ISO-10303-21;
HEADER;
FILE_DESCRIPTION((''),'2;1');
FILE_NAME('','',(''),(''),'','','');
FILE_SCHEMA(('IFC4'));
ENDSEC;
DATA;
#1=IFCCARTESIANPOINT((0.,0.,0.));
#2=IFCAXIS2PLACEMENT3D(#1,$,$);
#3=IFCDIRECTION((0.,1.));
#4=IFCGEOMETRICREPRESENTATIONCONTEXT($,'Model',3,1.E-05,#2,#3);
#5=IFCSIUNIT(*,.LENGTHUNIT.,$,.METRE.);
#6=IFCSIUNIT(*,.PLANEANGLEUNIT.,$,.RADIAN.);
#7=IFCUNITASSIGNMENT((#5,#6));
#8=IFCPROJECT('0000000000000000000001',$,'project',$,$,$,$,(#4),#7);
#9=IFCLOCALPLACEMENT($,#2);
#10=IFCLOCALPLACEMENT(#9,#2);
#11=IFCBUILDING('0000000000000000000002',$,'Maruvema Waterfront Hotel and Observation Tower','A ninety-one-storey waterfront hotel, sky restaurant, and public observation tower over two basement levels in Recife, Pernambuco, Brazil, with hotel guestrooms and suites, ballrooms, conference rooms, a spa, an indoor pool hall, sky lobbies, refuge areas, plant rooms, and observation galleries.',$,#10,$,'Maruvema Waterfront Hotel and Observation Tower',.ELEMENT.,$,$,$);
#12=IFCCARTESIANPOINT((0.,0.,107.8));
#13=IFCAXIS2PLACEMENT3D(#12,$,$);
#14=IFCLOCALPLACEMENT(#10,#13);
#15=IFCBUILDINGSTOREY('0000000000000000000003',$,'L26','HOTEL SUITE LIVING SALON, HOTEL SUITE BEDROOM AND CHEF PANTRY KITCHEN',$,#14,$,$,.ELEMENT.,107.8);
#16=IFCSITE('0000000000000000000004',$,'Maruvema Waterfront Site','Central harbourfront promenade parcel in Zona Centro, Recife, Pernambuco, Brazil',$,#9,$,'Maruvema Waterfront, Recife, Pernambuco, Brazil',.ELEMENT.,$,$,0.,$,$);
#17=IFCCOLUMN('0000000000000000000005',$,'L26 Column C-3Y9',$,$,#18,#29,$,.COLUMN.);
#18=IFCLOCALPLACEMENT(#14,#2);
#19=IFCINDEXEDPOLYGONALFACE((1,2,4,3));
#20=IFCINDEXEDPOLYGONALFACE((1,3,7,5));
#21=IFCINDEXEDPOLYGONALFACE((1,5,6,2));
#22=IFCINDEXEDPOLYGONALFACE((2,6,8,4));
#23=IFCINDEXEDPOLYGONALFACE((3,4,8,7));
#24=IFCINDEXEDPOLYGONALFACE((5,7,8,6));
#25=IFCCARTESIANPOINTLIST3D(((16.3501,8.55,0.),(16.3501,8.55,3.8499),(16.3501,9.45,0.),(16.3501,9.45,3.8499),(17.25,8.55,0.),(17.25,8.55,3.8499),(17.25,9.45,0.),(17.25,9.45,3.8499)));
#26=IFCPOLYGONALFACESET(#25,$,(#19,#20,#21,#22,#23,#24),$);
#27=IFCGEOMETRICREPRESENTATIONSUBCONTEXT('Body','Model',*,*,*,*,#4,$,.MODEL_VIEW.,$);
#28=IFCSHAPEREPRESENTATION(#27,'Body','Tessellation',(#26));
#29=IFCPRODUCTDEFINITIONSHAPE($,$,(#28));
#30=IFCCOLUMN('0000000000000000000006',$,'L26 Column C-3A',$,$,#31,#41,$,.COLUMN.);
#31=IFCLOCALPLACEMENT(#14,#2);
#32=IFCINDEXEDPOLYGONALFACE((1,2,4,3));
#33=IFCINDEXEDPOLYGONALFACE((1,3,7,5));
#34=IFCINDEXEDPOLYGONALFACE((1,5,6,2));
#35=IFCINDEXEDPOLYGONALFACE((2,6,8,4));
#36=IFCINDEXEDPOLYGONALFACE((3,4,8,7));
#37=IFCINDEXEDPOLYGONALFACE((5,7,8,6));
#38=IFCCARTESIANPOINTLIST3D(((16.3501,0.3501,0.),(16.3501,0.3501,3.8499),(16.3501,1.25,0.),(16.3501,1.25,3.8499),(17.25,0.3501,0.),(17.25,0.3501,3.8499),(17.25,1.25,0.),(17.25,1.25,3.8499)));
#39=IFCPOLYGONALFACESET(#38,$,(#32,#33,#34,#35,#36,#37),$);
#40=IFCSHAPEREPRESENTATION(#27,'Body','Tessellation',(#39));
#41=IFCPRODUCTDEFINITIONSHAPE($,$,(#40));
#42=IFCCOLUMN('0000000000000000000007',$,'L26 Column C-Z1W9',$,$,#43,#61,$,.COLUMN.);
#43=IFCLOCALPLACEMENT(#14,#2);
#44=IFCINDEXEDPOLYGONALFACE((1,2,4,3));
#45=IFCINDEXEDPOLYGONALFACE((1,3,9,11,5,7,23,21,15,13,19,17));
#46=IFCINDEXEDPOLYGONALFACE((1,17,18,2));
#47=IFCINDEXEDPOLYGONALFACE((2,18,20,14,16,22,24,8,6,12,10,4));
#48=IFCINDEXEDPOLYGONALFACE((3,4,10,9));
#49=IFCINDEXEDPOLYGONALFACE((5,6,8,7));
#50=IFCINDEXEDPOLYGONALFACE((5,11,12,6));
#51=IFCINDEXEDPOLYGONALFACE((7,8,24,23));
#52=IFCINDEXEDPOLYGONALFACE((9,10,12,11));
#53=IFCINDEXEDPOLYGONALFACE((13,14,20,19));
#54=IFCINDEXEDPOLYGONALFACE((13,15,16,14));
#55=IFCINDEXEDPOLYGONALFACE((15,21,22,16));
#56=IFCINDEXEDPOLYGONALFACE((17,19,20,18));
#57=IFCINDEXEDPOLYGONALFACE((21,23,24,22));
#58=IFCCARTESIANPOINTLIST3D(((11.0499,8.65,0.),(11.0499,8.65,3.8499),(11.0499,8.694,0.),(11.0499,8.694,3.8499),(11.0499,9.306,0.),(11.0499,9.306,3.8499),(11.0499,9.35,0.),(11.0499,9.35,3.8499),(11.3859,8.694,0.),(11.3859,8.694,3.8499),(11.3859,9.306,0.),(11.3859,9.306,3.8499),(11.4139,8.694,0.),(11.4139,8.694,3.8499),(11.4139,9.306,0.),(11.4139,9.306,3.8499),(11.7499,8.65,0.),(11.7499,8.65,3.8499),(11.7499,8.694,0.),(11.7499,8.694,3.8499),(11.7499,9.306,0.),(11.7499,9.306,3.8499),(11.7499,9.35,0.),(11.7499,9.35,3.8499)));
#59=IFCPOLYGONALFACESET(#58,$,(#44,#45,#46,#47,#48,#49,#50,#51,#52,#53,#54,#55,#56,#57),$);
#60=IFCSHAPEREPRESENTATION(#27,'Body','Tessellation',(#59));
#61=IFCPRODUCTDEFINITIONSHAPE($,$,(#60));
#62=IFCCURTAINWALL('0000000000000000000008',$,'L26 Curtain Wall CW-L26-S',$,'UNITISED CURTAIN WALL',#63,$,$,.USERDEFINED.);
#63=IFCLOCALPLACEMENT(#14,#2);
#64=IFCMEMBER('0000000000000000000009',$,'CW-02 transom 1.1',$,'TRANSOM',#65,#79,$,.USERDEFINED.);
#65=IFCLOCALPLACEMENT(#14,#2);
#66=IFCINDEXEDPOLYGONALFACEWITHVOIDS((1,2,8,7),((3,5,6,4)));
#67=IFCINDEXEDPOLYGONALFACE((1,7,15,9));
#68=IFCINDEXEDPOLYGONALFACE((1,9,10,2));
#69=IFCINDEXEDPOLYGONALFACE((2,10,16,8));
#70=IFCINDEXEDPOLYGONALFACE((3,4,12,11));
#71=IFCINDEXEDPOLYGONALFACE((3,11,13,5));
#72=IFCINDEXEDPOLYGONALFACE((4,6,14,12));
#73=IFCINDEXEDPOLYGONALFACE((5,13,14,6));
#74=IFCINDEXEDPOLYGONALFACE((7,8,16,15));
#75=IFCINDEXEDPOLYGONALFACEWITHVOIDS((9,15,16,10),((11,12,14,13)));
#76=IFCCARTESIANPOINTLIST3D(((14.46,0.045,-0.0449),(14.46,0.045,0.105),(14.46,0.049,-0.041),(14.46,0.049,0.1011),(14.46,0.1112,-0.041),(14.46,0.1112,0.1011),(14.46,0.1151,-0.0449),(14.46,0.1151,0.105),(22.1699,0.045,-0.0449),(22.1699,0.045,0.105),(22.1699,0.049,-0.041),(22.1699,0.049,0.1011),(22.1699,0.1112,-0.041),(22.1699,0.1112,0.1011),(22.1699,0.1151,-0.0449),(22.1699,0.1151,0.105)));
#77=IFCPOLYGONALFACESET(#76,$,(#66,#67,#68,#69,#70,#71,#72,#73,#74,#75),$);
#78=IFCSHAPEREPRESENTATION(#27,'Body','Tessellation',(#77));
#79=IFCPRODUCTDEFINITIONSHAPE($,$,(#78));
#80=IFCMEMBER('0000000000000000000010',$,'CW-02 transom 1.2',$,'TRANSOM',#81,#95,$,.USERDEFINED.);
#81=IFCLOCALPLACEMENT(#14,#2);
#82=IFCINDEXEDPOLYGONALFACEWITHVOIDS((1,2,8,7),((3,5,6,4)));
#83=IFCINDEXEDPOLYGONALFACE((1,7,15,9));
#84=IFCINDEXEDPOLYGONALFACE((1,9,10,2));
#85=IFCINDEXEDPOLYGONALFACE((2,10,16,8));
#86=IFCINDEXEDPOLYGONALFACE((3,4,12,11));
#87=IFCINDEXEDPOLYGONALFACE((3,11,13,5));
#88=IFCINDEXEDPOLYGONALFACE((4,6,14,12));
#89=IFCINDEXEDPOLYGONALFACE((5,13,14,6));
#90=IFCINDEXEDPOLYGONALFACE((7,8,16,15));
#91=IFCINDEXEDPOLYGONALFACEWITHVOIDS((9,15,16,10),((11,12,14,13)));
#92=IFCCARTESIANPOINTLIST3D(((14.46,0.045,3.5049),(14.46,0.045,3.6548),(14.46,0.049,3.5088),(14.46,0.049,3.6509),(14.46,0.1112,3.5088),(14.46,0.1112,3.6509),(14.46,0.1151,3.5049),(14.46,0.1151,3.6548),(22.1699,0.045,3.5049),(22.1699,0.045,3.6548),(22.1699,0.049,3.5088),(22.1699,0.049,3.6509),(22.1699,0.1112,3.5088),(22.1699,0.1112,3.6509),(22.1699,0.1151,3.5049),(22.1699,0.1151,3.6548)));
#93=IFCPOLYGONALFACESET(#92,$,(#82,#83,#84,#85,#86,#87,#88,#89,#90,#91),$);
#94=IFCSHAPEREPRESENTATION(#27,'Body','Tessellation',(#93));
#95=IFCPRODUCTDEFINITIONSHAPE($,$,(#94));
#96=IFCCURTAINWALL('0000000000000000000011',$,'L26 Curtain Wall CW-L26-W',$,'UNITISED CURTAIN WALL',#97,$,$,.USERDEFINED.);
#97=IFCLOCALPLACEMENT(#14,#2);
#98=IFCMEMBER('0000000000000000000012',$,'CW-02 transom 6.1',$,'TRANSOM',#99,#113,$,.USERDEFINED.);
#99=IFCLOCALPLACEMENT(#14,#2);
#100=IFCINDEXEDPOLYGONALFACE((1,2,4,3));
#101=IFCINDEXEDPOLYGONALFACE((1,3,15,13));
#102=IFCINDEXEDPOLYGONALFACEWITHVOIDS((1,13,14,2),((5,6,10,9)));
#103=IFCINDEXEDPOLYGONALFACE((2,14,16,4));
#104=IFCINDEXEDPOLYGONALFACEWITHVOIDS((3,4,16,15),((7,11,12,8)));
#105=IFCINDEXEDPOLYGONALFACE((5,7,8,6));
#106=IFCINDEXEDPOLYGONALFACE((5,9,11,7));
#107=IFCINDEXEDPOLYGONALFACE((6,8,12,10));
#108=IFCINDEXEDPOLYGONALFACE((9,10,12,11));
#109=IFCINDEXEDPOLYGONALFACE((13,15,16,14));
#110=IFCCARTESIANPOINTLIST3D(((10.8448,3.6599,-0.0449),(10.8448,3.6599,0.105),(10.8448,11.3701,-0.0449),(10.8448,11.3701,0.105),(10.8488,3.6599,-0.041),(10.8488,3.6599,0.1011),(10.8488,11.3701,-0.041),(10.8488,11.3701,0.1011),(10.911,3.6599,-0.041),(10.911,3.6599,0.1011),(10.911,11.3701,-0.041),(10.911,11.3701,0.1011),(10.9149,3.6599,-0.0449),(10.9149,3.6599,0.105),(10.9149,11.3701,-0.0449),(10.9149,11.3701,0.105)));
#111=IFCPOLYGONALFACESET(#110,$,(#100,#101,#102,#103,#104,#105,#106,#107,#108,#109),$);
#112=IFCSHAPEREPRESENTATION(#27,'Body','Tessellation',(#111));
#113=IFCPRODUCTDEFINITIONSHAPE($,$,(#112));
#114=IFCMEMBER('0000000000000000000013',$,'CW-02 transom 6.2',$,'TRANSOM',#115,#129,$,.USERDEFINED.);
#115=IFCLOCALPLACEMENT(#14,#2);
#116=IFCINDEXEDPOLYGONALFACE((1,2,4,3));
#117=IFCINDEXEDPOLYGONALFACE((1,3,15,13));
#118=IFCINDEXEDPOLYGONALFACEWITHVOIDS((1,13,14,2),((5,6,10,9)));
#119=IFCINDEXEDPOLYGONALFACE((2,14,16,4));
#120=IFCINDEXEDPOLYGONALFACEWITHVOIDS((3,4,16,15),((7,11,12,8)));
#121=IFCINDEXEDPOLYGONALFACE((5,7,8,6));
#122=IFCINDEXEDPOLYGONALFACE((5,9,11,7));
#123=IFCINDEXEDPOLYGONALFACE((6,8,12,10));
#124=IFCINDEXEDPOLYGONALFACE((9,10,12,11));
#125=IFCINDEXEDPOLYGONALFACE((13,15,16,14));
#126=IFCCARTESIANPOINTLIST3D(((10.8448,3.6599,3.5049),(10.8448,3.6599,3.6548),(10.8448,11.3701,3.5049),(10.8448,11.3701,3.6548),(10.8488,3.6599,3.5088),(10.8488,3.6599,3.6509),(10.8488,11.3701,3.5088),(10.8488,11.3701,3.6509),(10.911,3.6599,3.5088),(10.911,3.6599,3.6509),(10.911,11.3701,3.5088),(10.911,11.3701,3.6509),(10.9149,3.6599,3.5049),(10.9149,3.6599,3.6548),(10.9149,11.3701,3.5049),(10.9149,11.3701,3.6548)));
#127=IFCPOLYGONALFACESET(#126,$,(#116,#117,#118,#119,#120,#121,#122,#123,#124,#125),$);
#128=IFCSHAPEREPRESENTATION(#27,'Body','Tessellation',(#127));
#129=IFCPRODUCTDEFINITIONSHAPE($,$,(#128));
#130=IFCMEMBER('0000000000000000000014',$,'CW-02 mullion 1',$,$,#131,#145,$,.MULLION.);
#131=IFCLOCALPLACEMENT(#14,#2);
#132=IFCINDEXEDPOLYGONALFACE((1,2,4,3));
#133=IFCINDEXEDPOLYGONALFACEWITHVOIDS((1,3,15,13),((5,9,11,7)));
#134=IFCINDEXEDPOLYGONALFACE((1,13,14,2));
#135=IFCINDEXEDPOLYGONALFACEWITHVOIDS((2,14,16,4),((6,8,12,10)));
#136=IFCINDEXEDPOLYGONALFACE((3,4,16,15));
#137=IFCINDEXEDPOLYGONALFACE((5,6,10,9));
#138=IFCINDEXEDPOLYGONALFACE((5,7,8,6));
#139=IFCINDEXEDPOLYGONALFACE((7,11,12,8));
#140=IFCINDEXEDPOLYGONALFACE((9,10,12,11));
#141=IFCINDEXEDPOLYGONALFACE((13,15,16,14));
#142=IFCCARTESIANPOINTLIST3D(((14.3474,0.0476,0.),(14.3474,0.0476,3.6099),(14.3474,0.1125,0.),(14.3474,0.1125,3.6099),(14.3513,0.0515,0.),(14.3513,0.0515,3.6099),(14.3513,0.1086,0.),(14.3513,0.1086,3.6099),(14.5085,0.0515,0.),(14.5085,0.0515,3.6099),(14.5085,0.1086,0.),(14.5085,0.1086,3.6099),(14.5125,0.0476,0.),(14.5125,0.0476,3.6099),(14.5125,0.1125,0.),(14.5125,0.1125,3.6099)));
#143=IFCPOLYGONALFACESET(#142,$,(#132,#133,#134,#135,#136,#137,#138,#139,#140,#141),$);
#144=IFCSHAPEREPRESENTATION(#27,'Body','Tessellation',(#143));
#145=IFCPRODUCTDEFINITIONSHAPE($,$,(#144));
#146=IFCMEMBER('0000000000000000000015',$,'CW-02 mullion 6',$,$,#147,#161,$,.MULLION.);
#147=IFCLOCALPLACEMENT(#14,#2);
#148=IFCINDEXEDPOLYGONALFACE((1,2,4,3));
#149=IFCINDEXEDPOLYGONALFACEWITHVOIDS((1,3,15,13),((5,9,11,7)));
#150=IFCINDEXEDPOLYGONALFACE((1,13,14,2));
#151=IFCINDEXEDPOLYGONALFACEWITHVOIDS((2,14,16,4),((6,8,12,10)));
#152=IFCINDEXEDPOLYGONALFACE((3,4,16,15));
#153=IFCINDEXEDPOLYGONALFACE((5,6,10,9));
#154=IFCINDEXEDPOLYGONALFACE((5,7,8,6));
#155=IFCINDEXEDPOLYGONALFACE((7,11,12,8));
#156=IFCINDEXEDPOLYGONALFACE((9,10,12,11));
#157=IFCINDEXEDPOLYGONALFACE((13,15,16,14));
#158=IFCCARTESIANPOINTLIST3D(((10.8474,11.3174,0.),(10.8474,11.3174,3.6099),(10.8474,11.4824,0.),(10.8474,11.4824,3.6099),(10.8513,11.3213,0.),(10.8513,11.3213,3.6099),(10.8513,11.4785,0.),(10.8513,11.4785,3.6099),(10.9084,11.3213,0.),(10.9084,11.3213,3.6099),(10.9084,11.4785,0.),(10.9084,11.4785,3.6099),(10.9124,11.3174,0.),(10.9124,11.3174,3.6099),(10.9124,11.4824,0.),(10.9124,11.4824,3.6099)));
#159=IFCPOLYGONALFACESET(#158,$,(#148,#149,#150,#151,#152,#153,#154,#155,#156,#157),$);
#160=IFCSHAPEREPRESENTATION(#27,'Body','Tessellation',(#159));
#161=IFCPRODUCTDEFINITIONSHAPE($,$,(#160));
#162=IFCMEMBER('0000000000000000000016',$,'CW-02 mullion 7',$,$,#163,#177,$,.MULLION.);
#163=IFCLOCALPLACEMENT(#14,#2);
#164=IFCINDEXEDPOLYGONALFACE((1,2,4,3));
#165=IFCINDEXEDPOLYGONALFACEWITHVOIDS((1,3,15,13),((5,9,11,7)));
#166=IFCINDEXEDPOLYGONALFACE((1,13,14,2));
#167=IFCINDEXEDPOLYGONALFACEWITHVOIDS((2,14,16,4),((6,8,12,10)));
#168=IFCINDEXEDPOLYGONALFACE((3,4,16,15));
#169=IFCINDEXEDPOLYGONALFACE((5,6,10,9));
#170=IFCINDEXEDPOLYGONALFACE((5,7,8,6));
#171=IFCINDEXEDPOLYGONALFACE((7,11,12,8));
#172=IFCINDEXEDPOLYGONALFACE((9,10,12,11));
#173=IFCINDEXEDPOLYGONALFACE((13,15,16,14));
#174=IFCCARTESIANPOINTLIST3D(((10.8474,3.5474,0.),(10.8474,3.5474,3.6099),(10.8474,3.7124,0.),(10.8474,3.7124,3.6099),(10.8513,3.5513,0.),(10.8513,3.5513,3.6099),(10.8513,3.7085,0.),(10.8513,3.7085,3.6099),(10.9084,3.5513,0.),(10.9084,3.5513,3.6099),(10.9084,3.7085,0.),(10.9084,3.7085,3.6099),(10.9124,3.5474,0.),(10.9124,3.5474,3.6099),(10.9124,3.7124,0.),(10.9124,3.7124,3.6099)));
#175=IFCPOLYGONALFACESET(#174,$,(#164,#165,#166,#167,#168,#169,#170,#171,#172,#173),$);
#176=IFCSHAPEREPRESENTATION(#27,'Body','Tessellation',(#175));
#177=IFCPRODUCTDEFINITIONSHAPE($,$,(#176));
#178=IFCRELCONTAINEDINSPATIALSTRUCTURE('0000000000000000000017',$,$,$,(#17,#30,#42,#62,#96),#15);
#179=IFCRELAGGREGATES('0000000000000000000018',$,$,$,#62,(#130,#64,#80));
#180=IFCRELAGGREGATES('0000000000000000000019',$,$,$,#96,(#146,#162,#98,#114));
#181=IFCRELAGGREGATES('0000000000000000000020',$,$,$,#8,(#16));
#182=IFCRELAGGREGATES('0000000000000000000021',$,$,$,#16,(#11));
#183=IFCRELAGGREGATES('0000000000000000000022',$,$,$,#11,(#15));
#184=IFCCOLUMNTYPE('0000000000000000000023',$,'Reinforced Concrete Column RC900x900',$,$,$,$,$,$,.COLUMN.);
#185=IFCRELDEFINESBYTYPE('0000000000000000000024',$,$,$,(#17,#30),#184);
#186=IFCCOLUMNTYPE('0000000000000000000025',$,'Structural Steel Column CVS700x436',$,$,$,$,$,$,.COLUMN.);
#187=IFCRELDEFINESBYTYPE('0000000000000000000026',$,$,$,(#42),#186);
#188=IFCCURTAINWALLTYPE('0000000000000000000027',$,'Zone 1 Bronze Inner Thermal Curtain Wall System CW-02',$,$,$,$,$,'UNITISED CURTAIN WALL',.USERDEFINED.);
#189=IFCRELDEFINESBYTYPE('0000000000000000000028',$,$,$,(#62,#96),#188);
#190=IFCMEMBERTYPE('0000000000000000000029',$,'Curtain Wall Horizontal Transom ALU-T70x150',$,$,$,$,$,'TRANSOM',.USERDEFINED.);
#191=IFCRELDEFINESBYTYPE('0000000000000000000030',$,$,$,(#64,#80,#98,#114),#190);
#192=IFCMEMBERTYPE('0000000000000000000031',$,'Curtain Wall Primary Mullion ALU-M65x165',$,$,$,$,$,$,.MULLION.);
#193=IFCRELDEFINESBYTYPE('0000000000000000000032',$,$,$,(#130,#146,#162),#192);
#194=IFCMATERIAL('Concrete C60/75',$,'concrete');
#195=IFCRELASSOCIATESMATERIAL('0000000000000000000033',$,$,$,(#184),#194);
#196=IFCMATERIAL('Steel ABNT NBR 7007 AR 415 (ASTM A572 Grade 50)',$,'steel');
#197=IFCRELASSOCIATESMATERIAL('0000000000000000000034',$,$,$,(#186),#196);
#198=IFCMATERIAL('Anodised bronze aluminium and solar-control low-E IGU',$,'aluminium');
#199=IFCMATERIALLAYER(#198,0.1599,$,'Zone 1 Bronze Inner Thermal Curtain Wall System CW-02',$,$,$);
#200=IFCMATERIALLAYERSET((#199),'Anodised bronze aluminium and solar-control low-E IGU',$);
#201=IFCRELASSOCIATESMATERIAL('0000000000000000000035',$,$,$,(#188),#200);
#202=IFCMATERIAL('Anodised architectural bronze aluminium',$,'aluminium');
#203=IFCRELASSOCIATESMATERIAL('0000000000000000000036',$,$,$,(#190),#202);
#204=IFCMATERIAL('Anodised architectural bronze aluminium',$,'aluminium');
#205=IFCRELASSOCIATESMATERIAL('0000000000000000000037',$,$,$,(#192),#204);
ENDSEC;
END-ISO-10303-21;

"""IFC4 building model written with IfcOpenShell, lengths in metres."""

from ifc_helpers import new_model, si_unit, direction, frame, origin, origin_2d, place, context, subcontext, project, spatial, rectangle, hollow_rectangle, i_section, extrude, material, layer, layer_set, material_profile, profile_set, type_object, element, aggregate, save


model = new_model("IFC4")

# Units and contexts
model_context = context("Model", 3, precision=1e-05, world=origin(), true_north=direction((0.0, 1.0)))
body_context = subcontext(model_context, "Body", "Model", "MODEL_VIEW")
ifc_project = project(units=[si_unit("LENGTHUNIT", "METRE"), si_unit("PLANEANGLEUNIT", "RADIAN")], contexts=[model_context])

# Site, building, storey
site_placement = place(None, origin())
site = spatial("IfcSite", under=ifc_project, at=site_placement, Name="Maruvema Waterfront Site", Description="Central harbourfront promenade parcel in Zona Centro, Recife, Pernambuco, Brazil", LongName="Maruvema Waterfront, Recife, Pernambuco, Brazil", CompositionType="ELEMENT", RefElevation=0.0)
building_placement = place(site_placement, origin())
building = spatial("IfcBuilding", under=site, at=building_placement, Name="Maruvema Waterfront Hotel and Observation Tower", Description="A ninety-one-storey waterfront hotel, sky restaurant, and public observation tower over two basement levels in Recife, Pernambuco, Brazil, with hotel guestrooms and suites, ballrooms, conference rooms, a spa, an indoor pool hall, sky lobbies, refuge areas, plant rooms, and observation galleries.", LongName="Maruvema Waterfront Hotel and Observation Tower", CompositionType="ELEMENT")
storey_placement = place(building_placement, frame((0.0, 0.0, 107.8)))
storey = spatial("IfcBuildingStorey", under=building, at=storey_placement, Name="L26", Description="HOTEL SUITE LIVING SALON, HOTEL SUITE BEDROOM AND CHEF PANTRY KITCHEN", CompositionType="ELEMENT", Elevation=107.8)

# Columns
ifc_material_1 = material(Name="Concrete C60/75", Category="concrete")
ifc_material_profile_1 = material_profile(ifc_material_1, rectangle(XDim=0.8999, YDim=0.8999, at=origin_2d()), Name="RC900x900")
ifc_profile_set_1 = profile_set([ifc_material_profile_1], Name="Concrete C60/75")
column_type_1 = type_object("IfcColumnType", Name="Reinforced Concrete Column RC900x900", PredefinedType="COLUMN", material=ifc_profile_set_1)
for number, where, z_axis, x_axis, name in (
    (1, (16.8, 9.0, 0.0), (0.0, 0.0, 1.0), (1.0, 0.0, 0.0), "L26 Column C-3Y9"),
    (2, (16.8, 0.8, 0.0), (0.0, 0.0, 1.0), (1.0, 0.0, 0.0), "L26 Column C-3A"),
):
    element("IfcColumn", number, at=place(storey_placement, frame(where, z_axis=z_axis, x_axis=x_axis)), inside=storey, type_object=column_type_1, Name=name, PredefinedType="COLUMN", context=body_context, shape_type="SweptSolid", body=[
        extrude(rectangle(XDim=0.8999, YDim=0.8999, at=origin_2d()), origin(), (0.0, 0.0, 1.0), 3.8499),
    ])
ifc_material_2 = material(Name="Steel ABNT NBR 7007 AR 415 (ASTM A572 Grade 50)", Category="steel")
ifc_material_profile_2 = material_profile(ifc_material_2, i_section(OverallWidth=0.7, OverallDepth=0.7, WebThickness=0.0281, FlangeThickness=0.0439, at=origin_2d()), Name="CVS700x436")
ifc_profile_set_2 = profile_set([ifc_material_profile_2], Name="Steel ABNT NBR 7007 AR 415 (ASTM A572 Grade 50)")
column_type_2 = type_object("IfcColumnType", Name="Structural Steel Column CVS700x436", PredefinedType="COLUMN", material=ifc_profile_set_2)
column_placement = place(storey_placement, frame((11.3999, 9.0, 0.0), z_axis=(0.0, 0.0, 1.0), x_axis=(1.0, 0.0, 0.0)))
element("IfcColumn", 3, at=column_placement, inside=storey, type_object=column_type_2, Name="L26 Column C-Z1W9", PredefinedType="COLUMN", context=body_context, shape_type="SweptSolid", body=[
    extrude(i_section(OverallWidth=0.7, OverallDepth=0.7, WebThickness=0.0281, FlangeThickness=0.0439, at=origin_2d()), origin(), (0.0, 0.0, 1.0), 3.8499),
])

# Curtain walls, members
ifc_material_3 = material(Name="Anodised bronze aluminium and solar-control low-E IGU", Category="aluminium")
ifc_layer_1 = layer(ifc_material_3, 0.1599, Name="Zone 1 Bronze Inner Thermal Curtain Wall System CW-02")
ifc_layer_set_1 = layer_set([ifc_layer_1], Name="Anodised bronze aluminium and solar-control low-E IGU")
curtain_wall_type = type_object("IfcCurtainWallType", Name="Zone 1 Bronze Inner Thermal Curtain Wall System CW-02", ElementType="UNITISED CURTAIN WALL", PredefinedType="USERDEFINED", material=ifc_layer_set_1)
curtain_wall_1_placement = place(storey_placement, origin())
curtain_wall_1 = element("IfcCurtainWall", 4, at=curtain_wall_1_placement, inside=storey, type_object=curtain_wall_type, Name="L26 Curtain Wall CW-L26-S", ObjectType="UNITISED CURTAIN WALL", PredefinedType="USERDEFINED")
ifc_material_4 = material(Name="Anodised architectural bronze aluminium", Category="aluminium")
ifc_material_profile_3 = material_profile(ifc_material_4, hollow_rectangle(XDim=0.0701, YDim=0.1499, WallThickness=0.0039, at=origin_2d()), Name="ALU-T70x150")
ifc_profile_set_3 = profile_set([ifc_material_profile_3], Name="Anodised architectural bronze aluminium")
member_type_1 = type_object("IfcMemberType", Name="Curtain Wall Horizontal Transom ALU-T70x150", ElementType="TRANSOM", PredefinedType="USERDEFINED", material=ifc_profile_set_3)
member_1_placement = place(storey_placement, frame((14.46, 0.0801, 0.03), z_axis=(1.0, 0.0, 0.0), x_axis=(0.0, 1.0, 0.0)))
member_1 = element("IfcMember", 5, at=member_1_placement, type_object=member_type_1, Name="CW-02 transom 1.1", ObjectType="TRANSOM", PredefinedType="USERDEFINED", context=body_context, shape_type="SweptSolid", body=[
    extrude(hollow_rectangle(XDim=0.0701, YDim=0.1499, WallThickness=0.0039, at=origin_2d()), origin(), (0.0, 0.0, 1.0), 7.71),
])
member_2_placement = place(storey_placement, frame((14.46, 0.0801, 3.5798), z_axis=(1.0, 0.0, 0.0), x_axis=(0.0, 1.0, 0.0)))
member_2 = element("IfcMember", 6, at=member_2_placement, type_object=member_type_1, Name="CW-02 transom 1.2", ObjectType="TRANSOM", PredefinedType="USERDEFINED", context=body_context, shape_type="SweptSolid", body=[
    extrude(hollow_rectangle(XDim=0.0701, YDim=0.1499, WallThickness=0.0039, at=origin_2d()), origin(), (0.0, 0.0, 1.0), 7.71),
])
curtain_wall_2_placement = place(storey_placement, origin())
curtain_wall_2 = element("IfcCurtainWall", 7, at=curtain_wall_2_placement, inside=storey, type_object=curtain_wall_type, Name="L26 Curtain Wall CW-L26-W", ObjectType="UNITISED CURTAIN WALL", PredefinedType="USERDEFINED")
member_3_placement = place(storey_placement, frame((10.8799, 11.3701, 0.03), z_axis=(0.0, -1.0, 0.0), x_axis=(1.0, 0.0, 0.0)))
member_3 = element("IfcMember", 8, at=member_3_placement, type_object=member_type_1, Name="CW-02 transom 6.1", ObjectType="TRANSOM", PredefinedType="USERDEFINED", context=body_context, shape_type="SweptSolid", body=[
    extrude(hollow_rectangle(XDim=0.0701, YDim=0.1499, WallThickness=0.0039, at=origin_2d()), origin(), (0.0, 0.0, 1.0), 7.7102),
])
member_4_placement = place(storey_placement, frame((10.8799, 11.3701, 3.5798), z_axis=(0.0, -1.0, 0.0), x_axis=(1.0, 0.0, 0.0)))
member_4 = element("IfcMember", 9, at=member_4_placement, type_object=member_type_1, Name="CW-02 transom 6.2", ObjectType="TRANSOM", PredefinedType="USERDEFINED", context=body_context, shape_type="SweptSolid", body=[
    extrude(hollow_rectangle(XDim=0.0701, YDim=0.1499, WallThickness=0.0039, at=origin_2d()), origin(), (0.0, 0.0, 1.0), 7.7102),
])

# Members
ifc_material_5 = material(Name="Anodised architectural bronze aluminium", Category="aluminium")
ifc_material_profile_4 = material_profile(ifc_material_5, hollow_rectangle(XDim=0.0649, YDim=0.165, WallThickness=0.0039, at=origin_2d()), Name="ALU-M65x165")
ifc_profile_set_4 = profile_set([ifc_material_profile_4], Name="Anodised architectural bronze aluminium")
member_type_2 = type_object("IfcMemberType", Name="Curtain Wall Primary Mullion ALU-M65x165", PredefinedType="MULLION", material=ifc_profile_set_4)
member_5_placement = place(storey_placement, frame((14.4299, 0.0801, 0.0), z_axis=(0.0, 0.0, 1.0), x_axis=(0.0, 1.0, 0.0)))
member_5 = element("IfcMember", 10, at=member_5_placement, type_object=member_type_2, Name="CW-02 mullion 1", PredefinedType="MULLION", context=body_context, shape_type="SweptSolid", body=[
    extrude(hollow_rectangle(XDim=0.0649, YDim=0.165, WallThickness=0.0039, at=origin_2d()), origin(), (0.0, 0.0, 1.0), 3.6099),
])
member_6_placement = place(storey_placement, frame((10.8799, 11.3999, 0.0), z_axis=(0.0, 0.0, 1.0), x_axis=(1.0, 0.0, 0.0)))
member_6 = element("IfcMember", 11, at=member_6_placement, type_object=member_type_2, Name="CW-02 mullion 6", PredefinedType="MULLION", context=body_context, shape_type="SweptSolid", body=[
    extrude(hollow_rectangle(XDim=0.0649, YDim=0.165, WallThickness=0.0039, at=origin_2d()), origin(), (0.0, 0.0, 1.0), 3.6099),
])
member_7_placement = place(storey_placement, frame((10.8799, 3.6299, 0.0), z_axis=(0.0, 0.0, 1.0), x_axis=(1.0, 0.0, 0.0)))
member_7 = element("IfcMember", 12, at=member_7_placement, type_object=member_type_2, Name="CW-02 mullion 7", PredefinedType="MULLION", context=body_context, shape_type="SweptSolid", body=[
    extrude(hollow_rectangle(XDim=0.0649, YDim=0.165, WallThickness=0.0039, at=origin_2d()), origin(), (0.0, 0.0, 1.0), 3.6099),
])

aggregate(curtain_wall_1, [member_5, member_1, member_2])
aggregate(curtain_wall_2, [member_6, member_7, member_3, member_4])

save(model, "model.ifc")
